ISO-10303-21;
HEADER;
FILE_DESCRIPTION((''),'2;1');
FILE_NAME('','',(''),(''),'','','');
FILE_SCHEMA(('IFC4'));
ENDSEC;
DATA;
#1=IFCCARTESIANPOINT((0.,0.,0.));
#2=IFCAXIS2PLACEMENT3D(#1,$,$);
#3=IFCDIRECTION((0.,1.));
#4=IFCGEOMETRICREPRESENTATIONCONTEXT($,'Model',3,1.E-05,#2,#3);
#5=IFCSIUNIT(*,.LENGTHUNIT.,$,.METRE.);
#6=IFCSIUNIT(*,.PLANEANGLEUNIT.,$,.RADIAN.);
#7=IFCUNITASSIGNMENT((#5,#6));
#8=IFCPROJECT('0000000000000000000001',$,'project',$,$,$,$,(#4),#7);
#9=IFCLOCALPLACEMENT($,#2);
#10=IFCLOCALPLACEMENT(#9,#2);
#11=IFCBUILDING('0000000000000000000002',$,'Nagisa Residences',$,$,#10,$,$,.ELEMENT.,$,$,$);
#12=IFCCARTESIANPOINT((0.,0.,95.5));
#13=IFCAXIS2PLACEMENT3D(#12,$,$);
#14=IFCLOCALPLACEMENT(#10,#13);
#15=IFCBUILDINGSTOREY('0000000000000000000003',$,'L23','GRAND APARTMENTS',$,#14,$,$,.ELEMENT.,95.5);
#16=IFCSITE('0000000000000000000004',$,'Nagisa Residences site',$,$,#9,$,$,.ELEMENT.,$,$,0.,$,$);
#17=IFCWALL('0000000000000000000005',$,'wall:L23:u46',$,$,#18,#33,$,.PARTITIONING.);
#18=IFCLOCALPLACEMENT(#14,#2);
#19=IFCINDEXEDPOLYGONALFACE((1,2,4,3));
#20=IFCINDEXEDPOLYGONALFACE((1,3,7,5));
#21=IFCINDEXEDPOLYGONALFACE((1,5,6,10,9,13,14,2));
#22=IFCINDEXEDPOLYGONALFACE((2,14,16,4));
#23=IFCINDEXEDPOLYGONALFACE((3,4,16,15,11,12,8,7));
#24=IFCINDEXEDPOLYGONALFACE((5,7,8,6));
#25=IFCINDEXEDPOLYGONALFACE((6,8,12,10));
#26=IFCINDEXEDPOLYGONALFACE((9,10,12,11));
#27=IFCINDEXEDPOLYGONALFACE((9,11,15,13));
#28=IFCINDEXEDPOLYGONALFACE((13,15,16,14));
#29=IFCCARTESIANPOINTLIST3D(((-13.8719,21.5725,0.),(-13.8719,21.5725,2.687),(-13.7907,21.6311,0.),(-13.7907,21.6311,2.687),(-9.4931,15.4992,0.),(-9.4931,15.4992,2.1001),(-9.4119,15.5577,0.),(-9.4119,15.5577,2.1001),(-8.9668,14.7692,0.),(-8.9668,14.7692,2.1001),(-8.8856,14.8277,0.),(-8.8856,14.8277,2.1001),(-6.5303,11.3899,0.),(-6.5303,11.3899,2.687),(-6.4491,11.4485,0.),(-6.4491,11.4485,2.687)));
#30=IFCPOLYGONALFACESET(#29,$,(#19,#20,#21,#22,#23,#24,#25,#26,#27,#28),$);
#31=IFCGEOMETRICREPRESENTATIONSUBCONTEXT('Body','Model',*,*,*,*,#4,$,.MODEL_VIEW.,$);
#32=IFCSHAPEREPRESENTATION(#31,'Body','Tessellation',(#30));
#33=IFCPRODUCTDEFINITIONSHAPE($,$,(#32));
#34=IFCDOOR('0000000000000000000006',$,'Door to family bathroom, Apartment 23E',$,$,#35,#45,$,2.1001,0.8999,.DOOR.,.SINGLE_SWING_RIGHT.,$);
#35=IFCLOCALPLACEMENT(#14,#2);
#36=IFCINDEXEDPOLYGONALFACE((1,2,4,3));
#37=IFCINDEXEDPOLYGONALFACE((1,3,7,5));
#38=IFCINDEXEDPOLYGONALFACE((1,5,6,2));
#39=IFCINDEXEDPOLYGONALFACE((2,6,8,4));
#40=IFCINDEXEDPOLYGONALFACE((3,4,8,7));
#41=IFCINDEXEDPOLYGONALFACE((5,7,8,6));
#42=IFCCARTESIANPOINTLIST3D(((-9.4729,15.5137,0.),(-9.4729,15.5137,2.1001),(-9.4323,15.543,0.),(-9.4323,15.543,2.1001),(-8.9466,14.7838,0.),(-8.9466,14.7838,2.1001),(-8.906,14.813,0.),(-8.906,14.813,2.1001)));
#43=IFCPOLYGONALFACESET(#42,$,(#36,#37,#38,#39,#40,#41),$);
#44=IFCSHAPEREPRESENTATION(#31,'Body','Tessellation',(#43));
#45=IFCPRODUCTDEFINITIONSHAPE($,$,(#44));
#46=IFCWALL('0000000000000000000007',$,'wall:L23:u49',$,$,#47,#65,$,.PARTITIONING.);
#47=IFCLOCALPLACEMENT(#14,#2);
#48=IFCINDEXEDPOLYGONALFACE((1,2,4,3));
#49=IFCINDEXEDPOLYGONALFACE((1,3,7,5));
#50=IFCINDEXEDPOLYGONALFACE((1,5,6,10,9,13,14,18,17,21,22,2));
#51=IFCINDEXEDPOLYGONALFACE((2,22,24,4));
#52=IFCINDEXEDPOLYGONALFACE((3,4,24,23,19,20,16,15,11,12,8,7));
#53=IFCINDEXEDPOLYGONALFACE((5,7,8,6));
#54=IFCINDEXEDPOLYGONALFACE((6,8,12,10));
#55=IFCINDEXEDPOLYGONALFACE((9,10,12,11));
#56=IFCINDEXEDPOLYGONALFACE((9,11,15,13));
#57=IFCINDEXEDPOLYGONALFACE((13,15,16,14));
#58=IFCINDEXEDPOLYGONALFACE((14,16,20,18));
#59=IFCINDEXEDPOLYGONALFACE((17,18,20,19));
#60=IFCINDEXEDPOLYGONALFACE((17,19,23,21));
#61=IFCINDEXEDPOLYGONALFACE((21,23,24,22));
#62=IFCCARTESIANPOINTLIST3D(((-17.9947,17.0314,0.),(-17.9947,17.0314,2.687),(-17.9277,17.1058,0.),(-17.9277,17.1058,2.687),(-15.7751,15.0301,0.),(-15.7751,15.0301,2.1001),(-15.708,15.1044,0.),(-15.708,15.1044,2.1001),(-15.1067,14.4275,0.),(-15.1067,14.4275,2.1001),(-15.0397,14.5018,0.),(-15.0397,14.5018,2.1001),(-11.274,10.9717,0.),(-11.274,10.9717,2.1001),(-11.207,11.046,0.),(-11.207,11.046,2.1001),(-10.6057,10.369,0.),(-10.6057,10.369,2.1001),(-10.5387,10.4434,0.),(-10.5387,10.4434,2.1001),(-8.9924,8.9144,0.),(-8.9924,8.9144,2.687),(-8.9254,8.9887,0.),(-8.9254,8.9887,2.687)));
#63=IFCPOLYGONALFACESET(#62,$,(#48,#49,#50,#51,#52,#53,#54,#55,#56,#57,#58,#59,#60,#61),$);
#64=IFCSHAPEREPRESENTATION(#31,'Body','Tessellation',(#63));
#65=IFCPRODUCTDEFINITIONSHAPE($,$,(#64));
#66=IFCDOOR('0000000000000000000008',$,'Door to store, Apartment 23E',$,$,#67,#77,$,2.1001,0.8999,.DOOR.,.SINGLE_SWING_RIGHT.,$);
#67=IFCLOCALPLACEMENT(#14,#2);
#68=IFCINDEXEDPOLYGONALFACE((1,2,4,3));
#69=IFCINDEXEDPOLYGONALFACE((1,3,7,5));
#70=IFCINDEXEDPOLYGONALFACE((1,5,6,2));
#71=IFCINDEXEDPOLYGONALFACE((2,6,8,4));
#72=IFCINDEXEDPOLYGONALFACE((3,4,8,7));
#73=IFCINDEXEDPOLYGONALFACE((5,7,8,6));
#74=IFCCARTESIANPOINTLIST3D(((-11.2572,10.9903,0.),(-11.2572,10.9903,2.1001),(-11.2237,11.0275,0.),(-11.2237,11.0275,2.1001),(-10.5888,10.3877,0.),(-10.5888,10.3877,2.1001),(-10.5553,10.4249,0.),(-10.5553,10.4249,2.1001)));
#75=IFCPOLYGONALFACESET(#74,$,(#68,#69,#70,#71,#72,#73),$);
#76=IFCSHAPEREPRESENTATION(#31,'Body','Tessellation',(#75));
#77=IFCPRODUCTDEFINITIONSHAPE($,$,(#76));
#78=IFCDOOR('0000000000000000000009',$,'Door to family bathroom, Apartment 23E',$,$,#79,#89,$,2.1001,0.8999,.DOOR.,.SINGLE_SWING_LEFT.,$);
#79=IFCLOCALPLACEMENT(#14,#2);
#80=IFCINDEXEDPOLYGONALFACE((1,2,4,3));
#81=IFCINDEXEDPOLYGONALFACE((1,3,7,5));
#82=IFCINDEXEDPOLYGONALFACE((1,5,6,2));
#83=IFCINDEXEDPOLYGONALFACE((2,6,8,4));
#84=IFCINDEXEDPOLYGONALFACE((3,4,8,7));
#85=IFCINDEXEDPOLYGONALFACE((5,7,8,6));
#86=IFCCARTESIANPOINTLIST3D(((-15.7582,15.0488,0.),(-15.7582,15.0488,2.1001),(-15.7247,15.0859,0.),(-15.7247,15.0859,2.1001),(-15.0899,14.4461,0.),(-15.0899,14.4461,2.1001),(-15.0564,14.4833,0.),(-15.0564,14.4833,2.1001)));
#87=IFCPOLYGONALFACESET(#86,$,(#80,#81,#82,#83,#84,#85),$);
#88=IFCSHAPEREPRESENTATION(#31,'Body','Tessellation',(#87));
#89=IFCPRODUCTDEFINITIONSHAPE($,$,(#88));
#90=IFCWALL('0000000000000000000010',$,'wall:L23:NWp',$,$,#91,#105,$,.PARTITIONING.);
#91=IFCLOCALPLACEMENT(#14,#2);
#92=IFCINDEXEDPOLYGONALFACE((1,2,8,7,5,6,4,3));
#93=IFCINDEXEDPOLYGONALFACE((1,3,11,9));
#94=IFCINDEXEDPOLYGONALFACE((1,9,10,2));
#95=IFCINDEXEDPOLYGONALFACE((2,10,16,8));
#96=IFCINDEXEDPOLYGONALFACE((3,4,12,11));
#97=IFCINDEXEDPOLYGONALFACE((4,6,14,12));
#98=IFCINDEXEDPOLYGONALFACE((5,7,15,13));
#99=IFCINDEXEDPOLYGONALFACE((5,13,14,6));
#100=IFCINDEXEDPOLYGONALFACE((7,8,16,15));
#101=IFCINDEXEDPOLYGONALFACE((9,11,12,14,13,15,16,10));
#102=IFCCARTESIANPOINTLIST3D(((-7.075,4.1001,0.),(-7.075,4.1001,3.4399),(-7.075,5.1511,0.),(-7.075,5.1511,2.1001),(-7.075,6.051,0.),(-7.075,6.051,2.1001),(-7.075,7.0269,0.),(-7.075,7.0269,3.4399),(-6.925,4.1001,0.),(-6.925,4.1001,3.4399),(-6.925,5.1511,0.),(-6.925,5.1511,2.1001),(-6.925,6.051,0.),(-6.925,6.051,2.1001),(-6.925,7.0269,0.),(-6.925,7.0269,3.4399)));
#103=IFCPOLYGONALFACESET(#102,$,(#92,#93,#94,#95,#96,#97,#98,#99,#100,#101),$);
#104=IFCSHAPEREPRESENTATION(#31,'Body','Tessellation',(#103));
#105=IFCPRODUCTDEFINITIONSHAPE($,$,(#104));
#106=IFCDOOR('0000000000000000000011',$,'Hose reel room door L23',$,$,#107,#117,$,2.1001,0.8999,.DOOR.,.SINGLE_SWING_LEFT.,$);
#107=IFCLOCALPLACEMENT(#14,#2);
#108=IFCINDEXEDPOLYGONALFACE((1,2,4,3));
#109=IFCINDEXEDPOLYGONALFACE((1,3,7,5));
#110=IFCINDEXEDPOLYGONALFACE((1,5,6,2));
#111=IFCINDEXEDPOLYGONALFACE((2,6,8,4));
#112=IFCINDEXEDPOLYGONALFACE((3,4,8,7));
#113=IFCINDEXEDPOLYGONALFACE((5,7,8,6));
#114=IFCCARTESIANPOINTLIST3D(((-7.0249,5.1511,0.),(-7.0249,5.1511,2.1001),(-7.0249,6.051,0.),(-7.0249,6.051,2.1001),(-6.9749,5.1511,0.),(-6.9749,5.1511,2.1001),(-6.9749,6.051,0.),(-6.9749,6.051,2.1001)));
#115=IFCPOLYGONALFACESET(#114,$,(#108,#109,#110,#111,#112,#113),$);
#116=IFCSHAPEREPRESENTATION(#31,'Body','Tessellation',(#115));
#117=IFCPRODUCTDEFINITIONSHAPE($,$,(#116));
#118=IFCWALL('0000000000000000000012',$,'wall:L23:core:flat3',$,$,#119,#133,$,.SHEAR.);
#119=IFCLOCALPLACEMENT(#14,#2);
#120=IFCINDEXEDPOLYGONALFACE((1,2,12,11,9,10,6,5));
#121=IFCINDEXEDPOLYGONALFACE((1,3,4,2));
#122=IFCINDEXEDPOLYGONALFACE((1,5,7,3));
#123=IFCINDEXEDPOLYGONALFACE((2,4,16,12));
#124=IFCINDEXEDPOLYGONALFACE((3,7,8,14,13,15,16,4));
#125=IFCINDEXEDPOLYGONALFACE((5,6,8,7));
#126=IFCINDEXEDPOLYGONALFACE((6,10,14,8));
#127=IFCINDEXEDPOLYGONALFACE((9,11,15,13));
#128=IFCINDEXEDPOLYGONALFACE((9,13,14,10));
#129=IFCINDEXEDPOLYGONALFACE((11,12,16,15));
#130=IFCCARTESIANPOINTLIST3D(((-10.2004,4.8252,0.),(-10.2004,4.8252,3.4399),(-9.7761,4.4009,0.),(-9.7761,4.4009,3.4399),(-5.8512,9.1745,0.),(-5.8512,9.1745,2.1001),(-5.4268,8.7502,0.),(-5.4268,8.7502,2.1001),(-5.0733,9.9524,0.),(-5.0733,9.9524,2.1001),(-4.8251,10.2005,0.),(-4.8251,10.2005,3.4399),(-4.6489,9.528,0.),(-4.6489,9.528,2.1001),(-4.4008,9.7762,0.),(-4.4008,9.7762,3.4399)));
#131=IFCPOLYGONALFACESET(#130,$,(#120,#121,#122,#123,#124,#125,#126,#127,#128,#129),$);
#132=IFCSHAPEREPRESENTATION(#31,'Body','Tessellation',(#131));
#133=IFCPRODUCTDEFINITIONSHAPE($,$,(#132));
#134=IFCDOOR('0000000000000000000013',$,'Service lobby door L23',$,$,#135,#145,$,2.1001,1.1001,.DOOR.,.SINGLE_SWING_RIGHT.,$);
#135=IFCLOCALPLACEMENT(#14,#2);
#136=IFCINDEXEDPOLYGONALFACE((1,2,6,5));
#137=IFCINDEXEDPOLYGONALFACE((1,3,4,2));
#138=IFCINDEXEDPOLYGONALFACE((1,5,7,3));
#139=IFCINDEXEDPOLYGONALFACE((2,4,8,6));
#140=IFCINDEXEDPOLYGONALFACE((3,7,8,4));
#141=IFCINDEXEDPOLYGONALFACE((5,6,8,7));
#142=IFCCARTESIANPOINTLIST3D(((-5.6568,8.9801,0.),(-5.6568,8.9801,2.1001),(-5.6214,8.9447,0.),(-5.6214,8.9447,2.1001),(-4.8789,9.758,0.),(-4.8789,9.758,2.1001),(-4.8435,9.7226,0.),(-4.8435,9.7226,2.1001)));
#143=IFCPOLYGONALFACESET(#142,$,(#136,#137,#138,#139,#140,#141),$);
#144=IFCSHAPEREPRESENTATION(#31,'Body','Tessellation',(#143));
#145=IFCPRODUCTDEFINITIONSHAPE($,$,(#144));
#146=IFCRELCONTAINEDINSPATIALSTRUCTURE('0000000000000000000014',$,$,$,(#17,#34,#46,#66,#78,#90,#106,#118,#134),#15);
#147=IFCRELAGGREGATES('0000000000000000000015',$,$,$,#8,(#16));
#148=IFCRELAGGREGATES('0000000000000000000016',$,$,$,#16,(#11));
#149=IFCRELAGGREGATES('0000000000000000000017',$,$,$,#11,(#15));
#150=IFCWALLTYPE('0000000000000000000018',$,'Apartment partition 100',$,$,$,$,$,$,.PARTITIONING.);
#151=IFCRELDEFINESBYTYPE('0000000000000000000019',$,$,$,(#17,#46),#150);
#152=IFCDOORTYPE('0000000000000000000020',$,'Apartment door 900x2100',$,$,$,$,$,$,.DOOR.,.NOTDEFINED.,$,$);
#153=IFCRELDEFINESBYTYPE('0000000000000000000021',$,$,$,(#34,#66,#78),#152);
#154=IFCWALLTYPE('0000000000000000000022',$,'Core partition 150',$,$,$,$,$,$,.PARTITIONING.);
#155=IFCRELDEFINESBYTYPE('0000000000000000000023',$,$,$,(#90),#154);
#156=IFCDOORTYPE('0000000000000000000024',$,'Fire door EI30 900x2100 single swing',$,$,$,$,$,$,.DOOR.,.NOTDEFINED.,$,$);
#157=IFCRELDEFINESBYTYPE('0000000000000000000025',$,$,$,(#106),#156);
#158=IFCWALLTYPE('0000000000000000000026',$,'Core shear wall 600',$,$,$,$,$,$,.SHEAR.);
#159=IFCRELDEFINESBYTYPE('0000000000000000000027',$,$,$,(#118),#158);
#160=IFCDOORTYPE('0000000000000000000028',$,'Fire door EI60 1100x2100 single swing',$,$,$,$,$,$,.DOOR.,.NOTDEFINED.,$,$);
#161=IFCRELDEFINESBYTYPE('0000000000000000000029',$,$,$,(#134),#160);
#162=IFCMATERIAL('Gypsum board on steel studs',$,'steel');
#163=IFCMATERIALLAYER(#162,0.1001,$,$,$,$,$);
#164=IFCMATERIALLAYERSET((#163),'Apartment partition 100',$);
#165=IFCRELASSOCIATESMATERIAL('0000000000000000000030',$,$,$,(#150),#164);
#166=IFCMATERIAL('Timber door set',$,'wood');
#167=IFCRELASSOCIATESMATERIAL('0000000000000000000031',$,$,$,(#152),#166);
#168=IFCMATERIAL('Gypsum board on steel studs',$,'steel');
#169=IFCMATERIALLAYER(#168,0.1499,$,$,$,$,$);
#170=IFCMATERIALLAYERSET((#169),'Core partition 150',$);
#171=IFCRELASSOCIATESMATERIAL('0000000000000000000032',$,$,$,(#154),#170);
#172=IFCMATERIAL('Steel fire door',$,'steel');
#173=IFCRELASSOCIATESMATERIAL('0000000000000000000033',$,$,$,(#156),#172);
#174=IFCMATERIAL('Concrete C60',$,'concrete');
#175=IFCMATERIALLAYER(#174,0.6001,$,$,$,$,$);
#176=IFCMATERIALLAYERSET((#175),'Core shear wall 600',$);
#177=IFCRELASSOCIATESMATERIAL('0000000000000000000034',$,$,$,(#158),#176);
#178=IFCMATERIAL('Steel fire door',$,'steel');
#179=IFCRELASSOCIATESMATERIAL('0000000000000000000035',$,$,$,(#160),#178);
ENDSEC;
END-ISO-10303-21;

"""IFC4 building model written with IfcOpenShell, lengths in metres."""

from ifc_helpers import new_model, si_unit, direction, frame, frame_2d, origin, place, context, subcontext, project, spatial, rectangle, extrude, material, layer, layer_set, type_object, element, fill, save


model = new_model("IFC4")

# Units and contexts
model_context = context("Model", 3, precision=1e-05, world=origin(), true_north=direction((0.0, 1.0)))
body_context = subcontext(model_context, "Body", "Model", "MODEL_VIEW")
ifc_project = project(units=[si_unit("LENGTHUNIT", "METRE"), si_unit("PLANEANGLEUNIT", "RADIAN")], contexts=[model_context])

# Site, building, storey
site_placement = place(None, origin())
site = spatial("IfcSite", under=ifc_project, at=site_placement, Name="Nagisa Residences site", CompositionType="ELEMENT", RefElevation=0.0)
building_placement = place(site_placement, origin())
building = spatial("IfcBuilding", under=site, at=building_placement, Name="Nagisa Residences", CompositionType="ELEMENT")
storey_placement = place(building_placement, frame((0.0, 0.0, 95.5)))
storey = spatial("IfcBuildingStorey", under=building, at=storey_placement, Name="L23", Description="GRAND APARTMENTS", CompositionType="ELEMENT", Elevation=95.5)

# Shared definitions
ifc_material_1 = material(Name="Gypsum board on steel studs", Category="steel")
ifc_layer_1 = layer(ifc_material_1, 0.1001)
ifc_layer_set_1 = layer_set([ifc_layer_1], Name="Apartment partition 100")
wall_type_1 = type_object("IfcWallType", Name="Apartment partition 100", PredefinedType="PARTITIONING", material=ifc_layer_set_1)
ifc_material_2 = material(Name="Timber door set", Category="wood")
door_type_1 = type_object("IfcDoorType", Name="Apartment door 900x2100", OperationType="NOTDEFINED", PredefinedType="DOOR", material=ifc_material_2)

# Wall, opening, door
wall_1_placement = place(storey_placement, frame((-6.4897, 11.4192, 0.0), z_axis=(0.0, 0.0, 1.0), x_axis=(-0.584833, 0.811154, 0.0)))
wall_1 = element("IfcWall", 1, at=wall_1_placement, inside=storey, type_object=wall_type_1, Name="wall:L23:u46", PredefinedType="PARTITIONING", context=body_context, shape_type="SweptSolid", body=[
    extrude(rectangle(XDim=12.5532, YDim=0.1001, at=frame_2d((6.2766, 0.0))), origin(), (0.0, 0.0, 1.0), 2.687),
])
opening_1_placement = place(wall_1_placement, frame((4.166, 0.0, 0.0)))
opening_1 = element("IfcOpeningElement", 2, at=opening_1_placement, cuts=wall_1, PredefinedType="OPENING", context=body_context, shape_type="SweptSolid", body=[
    extrude(rectangle(XDim=0.8999, YDim=2.1001, at=frame_2d((0.45, 1.05))), frame((0.0, 0.0601, 0.0), z_axis=(0.0, -1.0, 0.0), x_axis=(1.0, 0.0, 0.0)), (0.0, 0.0, 1.0), 0.1201),
])
door_1_placement = place(opening_1_placement, frame((0.8999, 0.0, 0.0), x_axis=(-1.0, 0.0, 0.0)))
door_1 = element("IfcDoor", 3, at=door_1_placement, inside=storey, type_object=door_type_1, Name="Door to family bathroom, Apartment 23E", OperationType="SINGLE_SWING_RIGHT", OverallHeight=2.1001, OverallWidth=0.8999, PredefinedType="DOOR", context=body_context, shape_type="SweptSolid", body=[
    extrude(rectangle(XDim=0.8999, YDim=2.1001, at=frame_2d((0.45, 1.05))), frame((0.0, 0.0249, 0.0), z_axis=(0.0, -1.0, 0.0), x_axis=(1.0, 0.0, 0.0)), (0.0, 0.0, 1.0), 0.05),
])
fill(opening_1, door_1)

# Wall, openings, doors
wall_2_placement = place(storey_placement, frame((-8.959, 8.9517, 0.0), z_axis=(0.0, 0.0, 1.0), x_axis=(-0.74268, 0.669647, 0.0)))
wall_2 = element("IfcWall", 4, at=wall_2_placement, inside=storey, type_object=wall_type_1, Name="wall:L23:u49", PredefinedType="PARTITIONING", context=body_context, shape_type="SweptSolid", body=[
    extrude(rectangle(XDim=12.1213, YDim=0.1001, at=frame_2d((6.0605, 0.0))), origin(), (0.0, 0.0, 1.0), 2.687),
])
opening_2_placement = place(wall_2_placement, frame((2.1721, 0.0, 0.0)))
opening_2 = element("IfcOpeningElement", 5, at=opening_2_placement, cuts=wall_2, PredefinedType="OPENING", context=body_context, shape_type="SweptSolid", body=[
    extrude(rectangle(XDim=0.8999, YDim=2.1001, at=frame_2d((0.45, 1.05))), frame((0.0, 0.0601, 0.0), z_axis=(0.0, -1.0, 0.0), x_axis=(1.0, 0.0, 0.0)), (0.0, 0.0, 1.0), 0.1201),
])
opening_3_placement = place(wall_2_placement, frame((8.2327, 0.0, 0.0)))
opening_3 = element("IfcOpeningElement", 6, at=opening_3_placement, cuts=wall_2, PredefinedType="OPENING", context=body_context, shape_type="SweptSolid", body=[
    extrude(rectangle(XDim=0.8999, YDim=2.1001, at=frame_2d((0.45, 1.05))), frame((0.0, 0.0601, 0.0), z_axis=(0.0, -1.0, 0.0), x_axis=(1.0, 0.0, 0.0)), (0.0, 0.0, 1.0), 0.1201),
])
door_2_placement = place(opening_2_placement, origin())
door_2 = element("IfcDoor", 7, at=door_2_placement, inside=storey, type_object=door_type_1, Name="Door to store, Apartment 23E", OperationType="SINGLE_SWING_RIGHT", OverallHeight=2.1001, OverallWidth=0.8999, PredefinedType="DOOR", context=body_context, shape_type="SweptSolid", body=[
    extrude(rectangle(XDim=0.8999, YDim=2.1001, at=frame_2d((0.45, 1.05))), frame((0.0, 0.0249, 0.0), z_axis=(0.0, -1.0, 0.0), x_axis=(1.0, 0.0, 0.0)), (0.0, 0.0, 1.0), 0.05),
])
fill(opening_2, door_2)
door_3_placement = place(opening_3_placement, origin())
door_3 = element("IfcDoor", 8, at=door_3_placement, inside=storey, type_object=door_type_1, Name="Door to family bathroom, Apartment 23E", OperationType="SINGLE_SWING_LEFT", OverallHeight=2.1001, OverallWidth=0.8999, PredefinedType="DOOR", context=body_context, shape_type="SweptSolid", body=[
    extrude(rectangle(XDim=0.8999, YDim=2.1001, at=frame_2d((0.45, 1.05))), frame((0.0, 0.0249, 0.0), z_axis=(0.0, -1.0, 0.0), x_axis=(1.0, 0.0, 0.0)), (0.0, 0.0, 1.0), 0.05),
])
fill(opening_3, door_3)

# Walls, openings, doors
ifc_material_3 = material(Name="Gypsum board on steel studs", Category="steel")
ifc_layer_2 = layer(ifc_material_3, 0.1499)
ifc_layer_set_2 = layer_set([ifc_layer_2], Name="Core partition 150")
wall_type_2 = type_object("IfcWallType", Name="Core partition 150", PredefinedType="PARTITIONING", material=ifc_layer_set_2)
wall_3_placement = place(storey_placement, frame((-7.0, 4.1001, 0.0), z_axis=(0.0, 0.0, 1.0), x_axis=(0.0, 1.0, 0.0)))
wall_3 = element("IfcWall", 9, at=wall_3_placement, inside=storey, type_object=wall_type_2, Name="wall:L23:NWp", PredefinedType="PARTITIONING", context=body_context, shape_type="SweptSolid", body=[
    extrude(rectangle(XDim=2.9268, YDim=0.1499, at=frame_2d((1.4634, 0.0))), origin(), (0.0, 0.0, 1.0), 3.4399),
])
opening_4_placement = place(wall_3_placement, frame((1.051, 0.0, 0.0)))
opening_4 = element("IfcOpeningElement", 10, at=opening_4_placement, cuts=wall_3, PredefinedType="OPENING", context=body_context, shape_type="SweptSolid", body=[
    extrude(rectangle(XDim=0.8999, YDim=2.1001, at=frame_2d((0.45, 1.05))), frame((0.0, 0.085, 0.0), z_axis=(0.0, -1.0, 0.0), x_axis=(1.0, 0.0, 0.0)), (0.0, 0.0, 1.0), 0.1699),
])
ifc_material_4 = material(Name="Steel fire door", Category="steel")
door_type_2 = type_object("IfcDoorType", Name="Fire door EI30 900x2100 single swing", OperationType="NOTDEFINED", PredefinedType="DOOR", material=ifc_material_4)
door_4_placement = place(opening_4_placement, origin())
door_4 = element("IfcDoor", 11, at=door_4_placement, inside=storey, type_object=door_type_2, Name="Hose reel room door L23", OperationType="SINGLE_SWING_LEFT", OverallHeight=2.1001, OverallWidth=0.8999, PredefinedType="DOOR", context=body_context, shape_type="SweptSolid", body=[
    extrude(rectangle(XDim=0.8999, YDim=2.1001, at=frame_2d((0.45, 1.05))), frame((0.0, 0.0249, 0.0), z_axis=(0.0, -1.0, 0.0), x_axis=(1.0, 0.0, 0.0)), (0.0, 0.0, 1.0), 0.05),
])
fill(opening_4, door_4)
ifc_material_5 = material(Name="Concrete C60", Category="concrete")
ifc_layer_3 = layer(ifc_material_5, 0.6001)
ifc_layer_set_3 = layer_set([ifc_layer_3], Name="Core shear wall 600")
wall_type_3 = type_object("IfcWallType", Name="Core shear wall 600", PredefinedType="SHEAR", material=ifc_layer_set_3)
wall_4_placement = place(storey_placement, frame((-4.613, 9.9883, 0.0), z_axis=(0.0, 0.0, 1.0), x_axis=(-0.707107, -0.707107, 0.0)))
wall_4 = element("IfcWall", 12, at=wall_4_placement, inside=storey, type_object=wall_type_3, Name="wall:L23:core:flat3", PredefinedType="SHEAR", context=body_context, shape_type="SweptSolid", body=[
    extrude(rectangle(XDim=7.6018, YDim=0.6001, at=frame_2d((3.8008, 0.0))), origin(), (0.0, 0.0, 1.0), 3.4399),
])
opening_5_placement = place(wall_4_placement, frame((0.3508, 0.0, 0.0)))
opening_5 = element("IfcOpeningElement", 13, at=opening_5_placement, cuts=wall_4, PredefinedType="OPENING", context=body_context, shape_type="SweptSolid", body=[
    extrude(rectangle(XDim=1.1001, YDim=2.1001, at=frame_2d((0.55, 1.05))), frame((0.0, 0.3101, 0.0), z_axis=(0.0, -1.0, 0.0), x_axis=(1.0, 0.0, 0.0)), (0.0, 0.0, 1.0), 0.6201),
])
ifc_material_6 = material(Name="Steel fire door", Category="steel")
door_type_3 = type_object("IfcDoorType", Name="Fire door EI60 1100x2100 single swing", OperationType="NOTDEFINED", PredefinedType="DOOR", material=ifc_material_6)
door_5_placement = place(opening_5_placement, origin())
door_5 = element("IfcDoor", 14, at=door_5_placement, inside=storey, type_object=door_type_3, Name="Service lobby door L23", OperationType="SINGLE_SWING_RIGHT", OverallHeight=2.1001, OverallWidth=1.1001, PredefinedType="DOOR", context=body_context, shape_type="SweptSolid", body=[
    extrude(rectangle(XDim=1.1001, YDim=2.1001, at=frame_2d((0.55, 1.05))), frame((0.0, 0.0249, 0.0), z_axis=(0.0, -1.0, 0.0), x_axis=(1.0, 0.0, 0.0)), (0.0, 0.0, 1.0), 0.05),
])
fill(opening_5, door_5)

save(model, "model.ifc")
